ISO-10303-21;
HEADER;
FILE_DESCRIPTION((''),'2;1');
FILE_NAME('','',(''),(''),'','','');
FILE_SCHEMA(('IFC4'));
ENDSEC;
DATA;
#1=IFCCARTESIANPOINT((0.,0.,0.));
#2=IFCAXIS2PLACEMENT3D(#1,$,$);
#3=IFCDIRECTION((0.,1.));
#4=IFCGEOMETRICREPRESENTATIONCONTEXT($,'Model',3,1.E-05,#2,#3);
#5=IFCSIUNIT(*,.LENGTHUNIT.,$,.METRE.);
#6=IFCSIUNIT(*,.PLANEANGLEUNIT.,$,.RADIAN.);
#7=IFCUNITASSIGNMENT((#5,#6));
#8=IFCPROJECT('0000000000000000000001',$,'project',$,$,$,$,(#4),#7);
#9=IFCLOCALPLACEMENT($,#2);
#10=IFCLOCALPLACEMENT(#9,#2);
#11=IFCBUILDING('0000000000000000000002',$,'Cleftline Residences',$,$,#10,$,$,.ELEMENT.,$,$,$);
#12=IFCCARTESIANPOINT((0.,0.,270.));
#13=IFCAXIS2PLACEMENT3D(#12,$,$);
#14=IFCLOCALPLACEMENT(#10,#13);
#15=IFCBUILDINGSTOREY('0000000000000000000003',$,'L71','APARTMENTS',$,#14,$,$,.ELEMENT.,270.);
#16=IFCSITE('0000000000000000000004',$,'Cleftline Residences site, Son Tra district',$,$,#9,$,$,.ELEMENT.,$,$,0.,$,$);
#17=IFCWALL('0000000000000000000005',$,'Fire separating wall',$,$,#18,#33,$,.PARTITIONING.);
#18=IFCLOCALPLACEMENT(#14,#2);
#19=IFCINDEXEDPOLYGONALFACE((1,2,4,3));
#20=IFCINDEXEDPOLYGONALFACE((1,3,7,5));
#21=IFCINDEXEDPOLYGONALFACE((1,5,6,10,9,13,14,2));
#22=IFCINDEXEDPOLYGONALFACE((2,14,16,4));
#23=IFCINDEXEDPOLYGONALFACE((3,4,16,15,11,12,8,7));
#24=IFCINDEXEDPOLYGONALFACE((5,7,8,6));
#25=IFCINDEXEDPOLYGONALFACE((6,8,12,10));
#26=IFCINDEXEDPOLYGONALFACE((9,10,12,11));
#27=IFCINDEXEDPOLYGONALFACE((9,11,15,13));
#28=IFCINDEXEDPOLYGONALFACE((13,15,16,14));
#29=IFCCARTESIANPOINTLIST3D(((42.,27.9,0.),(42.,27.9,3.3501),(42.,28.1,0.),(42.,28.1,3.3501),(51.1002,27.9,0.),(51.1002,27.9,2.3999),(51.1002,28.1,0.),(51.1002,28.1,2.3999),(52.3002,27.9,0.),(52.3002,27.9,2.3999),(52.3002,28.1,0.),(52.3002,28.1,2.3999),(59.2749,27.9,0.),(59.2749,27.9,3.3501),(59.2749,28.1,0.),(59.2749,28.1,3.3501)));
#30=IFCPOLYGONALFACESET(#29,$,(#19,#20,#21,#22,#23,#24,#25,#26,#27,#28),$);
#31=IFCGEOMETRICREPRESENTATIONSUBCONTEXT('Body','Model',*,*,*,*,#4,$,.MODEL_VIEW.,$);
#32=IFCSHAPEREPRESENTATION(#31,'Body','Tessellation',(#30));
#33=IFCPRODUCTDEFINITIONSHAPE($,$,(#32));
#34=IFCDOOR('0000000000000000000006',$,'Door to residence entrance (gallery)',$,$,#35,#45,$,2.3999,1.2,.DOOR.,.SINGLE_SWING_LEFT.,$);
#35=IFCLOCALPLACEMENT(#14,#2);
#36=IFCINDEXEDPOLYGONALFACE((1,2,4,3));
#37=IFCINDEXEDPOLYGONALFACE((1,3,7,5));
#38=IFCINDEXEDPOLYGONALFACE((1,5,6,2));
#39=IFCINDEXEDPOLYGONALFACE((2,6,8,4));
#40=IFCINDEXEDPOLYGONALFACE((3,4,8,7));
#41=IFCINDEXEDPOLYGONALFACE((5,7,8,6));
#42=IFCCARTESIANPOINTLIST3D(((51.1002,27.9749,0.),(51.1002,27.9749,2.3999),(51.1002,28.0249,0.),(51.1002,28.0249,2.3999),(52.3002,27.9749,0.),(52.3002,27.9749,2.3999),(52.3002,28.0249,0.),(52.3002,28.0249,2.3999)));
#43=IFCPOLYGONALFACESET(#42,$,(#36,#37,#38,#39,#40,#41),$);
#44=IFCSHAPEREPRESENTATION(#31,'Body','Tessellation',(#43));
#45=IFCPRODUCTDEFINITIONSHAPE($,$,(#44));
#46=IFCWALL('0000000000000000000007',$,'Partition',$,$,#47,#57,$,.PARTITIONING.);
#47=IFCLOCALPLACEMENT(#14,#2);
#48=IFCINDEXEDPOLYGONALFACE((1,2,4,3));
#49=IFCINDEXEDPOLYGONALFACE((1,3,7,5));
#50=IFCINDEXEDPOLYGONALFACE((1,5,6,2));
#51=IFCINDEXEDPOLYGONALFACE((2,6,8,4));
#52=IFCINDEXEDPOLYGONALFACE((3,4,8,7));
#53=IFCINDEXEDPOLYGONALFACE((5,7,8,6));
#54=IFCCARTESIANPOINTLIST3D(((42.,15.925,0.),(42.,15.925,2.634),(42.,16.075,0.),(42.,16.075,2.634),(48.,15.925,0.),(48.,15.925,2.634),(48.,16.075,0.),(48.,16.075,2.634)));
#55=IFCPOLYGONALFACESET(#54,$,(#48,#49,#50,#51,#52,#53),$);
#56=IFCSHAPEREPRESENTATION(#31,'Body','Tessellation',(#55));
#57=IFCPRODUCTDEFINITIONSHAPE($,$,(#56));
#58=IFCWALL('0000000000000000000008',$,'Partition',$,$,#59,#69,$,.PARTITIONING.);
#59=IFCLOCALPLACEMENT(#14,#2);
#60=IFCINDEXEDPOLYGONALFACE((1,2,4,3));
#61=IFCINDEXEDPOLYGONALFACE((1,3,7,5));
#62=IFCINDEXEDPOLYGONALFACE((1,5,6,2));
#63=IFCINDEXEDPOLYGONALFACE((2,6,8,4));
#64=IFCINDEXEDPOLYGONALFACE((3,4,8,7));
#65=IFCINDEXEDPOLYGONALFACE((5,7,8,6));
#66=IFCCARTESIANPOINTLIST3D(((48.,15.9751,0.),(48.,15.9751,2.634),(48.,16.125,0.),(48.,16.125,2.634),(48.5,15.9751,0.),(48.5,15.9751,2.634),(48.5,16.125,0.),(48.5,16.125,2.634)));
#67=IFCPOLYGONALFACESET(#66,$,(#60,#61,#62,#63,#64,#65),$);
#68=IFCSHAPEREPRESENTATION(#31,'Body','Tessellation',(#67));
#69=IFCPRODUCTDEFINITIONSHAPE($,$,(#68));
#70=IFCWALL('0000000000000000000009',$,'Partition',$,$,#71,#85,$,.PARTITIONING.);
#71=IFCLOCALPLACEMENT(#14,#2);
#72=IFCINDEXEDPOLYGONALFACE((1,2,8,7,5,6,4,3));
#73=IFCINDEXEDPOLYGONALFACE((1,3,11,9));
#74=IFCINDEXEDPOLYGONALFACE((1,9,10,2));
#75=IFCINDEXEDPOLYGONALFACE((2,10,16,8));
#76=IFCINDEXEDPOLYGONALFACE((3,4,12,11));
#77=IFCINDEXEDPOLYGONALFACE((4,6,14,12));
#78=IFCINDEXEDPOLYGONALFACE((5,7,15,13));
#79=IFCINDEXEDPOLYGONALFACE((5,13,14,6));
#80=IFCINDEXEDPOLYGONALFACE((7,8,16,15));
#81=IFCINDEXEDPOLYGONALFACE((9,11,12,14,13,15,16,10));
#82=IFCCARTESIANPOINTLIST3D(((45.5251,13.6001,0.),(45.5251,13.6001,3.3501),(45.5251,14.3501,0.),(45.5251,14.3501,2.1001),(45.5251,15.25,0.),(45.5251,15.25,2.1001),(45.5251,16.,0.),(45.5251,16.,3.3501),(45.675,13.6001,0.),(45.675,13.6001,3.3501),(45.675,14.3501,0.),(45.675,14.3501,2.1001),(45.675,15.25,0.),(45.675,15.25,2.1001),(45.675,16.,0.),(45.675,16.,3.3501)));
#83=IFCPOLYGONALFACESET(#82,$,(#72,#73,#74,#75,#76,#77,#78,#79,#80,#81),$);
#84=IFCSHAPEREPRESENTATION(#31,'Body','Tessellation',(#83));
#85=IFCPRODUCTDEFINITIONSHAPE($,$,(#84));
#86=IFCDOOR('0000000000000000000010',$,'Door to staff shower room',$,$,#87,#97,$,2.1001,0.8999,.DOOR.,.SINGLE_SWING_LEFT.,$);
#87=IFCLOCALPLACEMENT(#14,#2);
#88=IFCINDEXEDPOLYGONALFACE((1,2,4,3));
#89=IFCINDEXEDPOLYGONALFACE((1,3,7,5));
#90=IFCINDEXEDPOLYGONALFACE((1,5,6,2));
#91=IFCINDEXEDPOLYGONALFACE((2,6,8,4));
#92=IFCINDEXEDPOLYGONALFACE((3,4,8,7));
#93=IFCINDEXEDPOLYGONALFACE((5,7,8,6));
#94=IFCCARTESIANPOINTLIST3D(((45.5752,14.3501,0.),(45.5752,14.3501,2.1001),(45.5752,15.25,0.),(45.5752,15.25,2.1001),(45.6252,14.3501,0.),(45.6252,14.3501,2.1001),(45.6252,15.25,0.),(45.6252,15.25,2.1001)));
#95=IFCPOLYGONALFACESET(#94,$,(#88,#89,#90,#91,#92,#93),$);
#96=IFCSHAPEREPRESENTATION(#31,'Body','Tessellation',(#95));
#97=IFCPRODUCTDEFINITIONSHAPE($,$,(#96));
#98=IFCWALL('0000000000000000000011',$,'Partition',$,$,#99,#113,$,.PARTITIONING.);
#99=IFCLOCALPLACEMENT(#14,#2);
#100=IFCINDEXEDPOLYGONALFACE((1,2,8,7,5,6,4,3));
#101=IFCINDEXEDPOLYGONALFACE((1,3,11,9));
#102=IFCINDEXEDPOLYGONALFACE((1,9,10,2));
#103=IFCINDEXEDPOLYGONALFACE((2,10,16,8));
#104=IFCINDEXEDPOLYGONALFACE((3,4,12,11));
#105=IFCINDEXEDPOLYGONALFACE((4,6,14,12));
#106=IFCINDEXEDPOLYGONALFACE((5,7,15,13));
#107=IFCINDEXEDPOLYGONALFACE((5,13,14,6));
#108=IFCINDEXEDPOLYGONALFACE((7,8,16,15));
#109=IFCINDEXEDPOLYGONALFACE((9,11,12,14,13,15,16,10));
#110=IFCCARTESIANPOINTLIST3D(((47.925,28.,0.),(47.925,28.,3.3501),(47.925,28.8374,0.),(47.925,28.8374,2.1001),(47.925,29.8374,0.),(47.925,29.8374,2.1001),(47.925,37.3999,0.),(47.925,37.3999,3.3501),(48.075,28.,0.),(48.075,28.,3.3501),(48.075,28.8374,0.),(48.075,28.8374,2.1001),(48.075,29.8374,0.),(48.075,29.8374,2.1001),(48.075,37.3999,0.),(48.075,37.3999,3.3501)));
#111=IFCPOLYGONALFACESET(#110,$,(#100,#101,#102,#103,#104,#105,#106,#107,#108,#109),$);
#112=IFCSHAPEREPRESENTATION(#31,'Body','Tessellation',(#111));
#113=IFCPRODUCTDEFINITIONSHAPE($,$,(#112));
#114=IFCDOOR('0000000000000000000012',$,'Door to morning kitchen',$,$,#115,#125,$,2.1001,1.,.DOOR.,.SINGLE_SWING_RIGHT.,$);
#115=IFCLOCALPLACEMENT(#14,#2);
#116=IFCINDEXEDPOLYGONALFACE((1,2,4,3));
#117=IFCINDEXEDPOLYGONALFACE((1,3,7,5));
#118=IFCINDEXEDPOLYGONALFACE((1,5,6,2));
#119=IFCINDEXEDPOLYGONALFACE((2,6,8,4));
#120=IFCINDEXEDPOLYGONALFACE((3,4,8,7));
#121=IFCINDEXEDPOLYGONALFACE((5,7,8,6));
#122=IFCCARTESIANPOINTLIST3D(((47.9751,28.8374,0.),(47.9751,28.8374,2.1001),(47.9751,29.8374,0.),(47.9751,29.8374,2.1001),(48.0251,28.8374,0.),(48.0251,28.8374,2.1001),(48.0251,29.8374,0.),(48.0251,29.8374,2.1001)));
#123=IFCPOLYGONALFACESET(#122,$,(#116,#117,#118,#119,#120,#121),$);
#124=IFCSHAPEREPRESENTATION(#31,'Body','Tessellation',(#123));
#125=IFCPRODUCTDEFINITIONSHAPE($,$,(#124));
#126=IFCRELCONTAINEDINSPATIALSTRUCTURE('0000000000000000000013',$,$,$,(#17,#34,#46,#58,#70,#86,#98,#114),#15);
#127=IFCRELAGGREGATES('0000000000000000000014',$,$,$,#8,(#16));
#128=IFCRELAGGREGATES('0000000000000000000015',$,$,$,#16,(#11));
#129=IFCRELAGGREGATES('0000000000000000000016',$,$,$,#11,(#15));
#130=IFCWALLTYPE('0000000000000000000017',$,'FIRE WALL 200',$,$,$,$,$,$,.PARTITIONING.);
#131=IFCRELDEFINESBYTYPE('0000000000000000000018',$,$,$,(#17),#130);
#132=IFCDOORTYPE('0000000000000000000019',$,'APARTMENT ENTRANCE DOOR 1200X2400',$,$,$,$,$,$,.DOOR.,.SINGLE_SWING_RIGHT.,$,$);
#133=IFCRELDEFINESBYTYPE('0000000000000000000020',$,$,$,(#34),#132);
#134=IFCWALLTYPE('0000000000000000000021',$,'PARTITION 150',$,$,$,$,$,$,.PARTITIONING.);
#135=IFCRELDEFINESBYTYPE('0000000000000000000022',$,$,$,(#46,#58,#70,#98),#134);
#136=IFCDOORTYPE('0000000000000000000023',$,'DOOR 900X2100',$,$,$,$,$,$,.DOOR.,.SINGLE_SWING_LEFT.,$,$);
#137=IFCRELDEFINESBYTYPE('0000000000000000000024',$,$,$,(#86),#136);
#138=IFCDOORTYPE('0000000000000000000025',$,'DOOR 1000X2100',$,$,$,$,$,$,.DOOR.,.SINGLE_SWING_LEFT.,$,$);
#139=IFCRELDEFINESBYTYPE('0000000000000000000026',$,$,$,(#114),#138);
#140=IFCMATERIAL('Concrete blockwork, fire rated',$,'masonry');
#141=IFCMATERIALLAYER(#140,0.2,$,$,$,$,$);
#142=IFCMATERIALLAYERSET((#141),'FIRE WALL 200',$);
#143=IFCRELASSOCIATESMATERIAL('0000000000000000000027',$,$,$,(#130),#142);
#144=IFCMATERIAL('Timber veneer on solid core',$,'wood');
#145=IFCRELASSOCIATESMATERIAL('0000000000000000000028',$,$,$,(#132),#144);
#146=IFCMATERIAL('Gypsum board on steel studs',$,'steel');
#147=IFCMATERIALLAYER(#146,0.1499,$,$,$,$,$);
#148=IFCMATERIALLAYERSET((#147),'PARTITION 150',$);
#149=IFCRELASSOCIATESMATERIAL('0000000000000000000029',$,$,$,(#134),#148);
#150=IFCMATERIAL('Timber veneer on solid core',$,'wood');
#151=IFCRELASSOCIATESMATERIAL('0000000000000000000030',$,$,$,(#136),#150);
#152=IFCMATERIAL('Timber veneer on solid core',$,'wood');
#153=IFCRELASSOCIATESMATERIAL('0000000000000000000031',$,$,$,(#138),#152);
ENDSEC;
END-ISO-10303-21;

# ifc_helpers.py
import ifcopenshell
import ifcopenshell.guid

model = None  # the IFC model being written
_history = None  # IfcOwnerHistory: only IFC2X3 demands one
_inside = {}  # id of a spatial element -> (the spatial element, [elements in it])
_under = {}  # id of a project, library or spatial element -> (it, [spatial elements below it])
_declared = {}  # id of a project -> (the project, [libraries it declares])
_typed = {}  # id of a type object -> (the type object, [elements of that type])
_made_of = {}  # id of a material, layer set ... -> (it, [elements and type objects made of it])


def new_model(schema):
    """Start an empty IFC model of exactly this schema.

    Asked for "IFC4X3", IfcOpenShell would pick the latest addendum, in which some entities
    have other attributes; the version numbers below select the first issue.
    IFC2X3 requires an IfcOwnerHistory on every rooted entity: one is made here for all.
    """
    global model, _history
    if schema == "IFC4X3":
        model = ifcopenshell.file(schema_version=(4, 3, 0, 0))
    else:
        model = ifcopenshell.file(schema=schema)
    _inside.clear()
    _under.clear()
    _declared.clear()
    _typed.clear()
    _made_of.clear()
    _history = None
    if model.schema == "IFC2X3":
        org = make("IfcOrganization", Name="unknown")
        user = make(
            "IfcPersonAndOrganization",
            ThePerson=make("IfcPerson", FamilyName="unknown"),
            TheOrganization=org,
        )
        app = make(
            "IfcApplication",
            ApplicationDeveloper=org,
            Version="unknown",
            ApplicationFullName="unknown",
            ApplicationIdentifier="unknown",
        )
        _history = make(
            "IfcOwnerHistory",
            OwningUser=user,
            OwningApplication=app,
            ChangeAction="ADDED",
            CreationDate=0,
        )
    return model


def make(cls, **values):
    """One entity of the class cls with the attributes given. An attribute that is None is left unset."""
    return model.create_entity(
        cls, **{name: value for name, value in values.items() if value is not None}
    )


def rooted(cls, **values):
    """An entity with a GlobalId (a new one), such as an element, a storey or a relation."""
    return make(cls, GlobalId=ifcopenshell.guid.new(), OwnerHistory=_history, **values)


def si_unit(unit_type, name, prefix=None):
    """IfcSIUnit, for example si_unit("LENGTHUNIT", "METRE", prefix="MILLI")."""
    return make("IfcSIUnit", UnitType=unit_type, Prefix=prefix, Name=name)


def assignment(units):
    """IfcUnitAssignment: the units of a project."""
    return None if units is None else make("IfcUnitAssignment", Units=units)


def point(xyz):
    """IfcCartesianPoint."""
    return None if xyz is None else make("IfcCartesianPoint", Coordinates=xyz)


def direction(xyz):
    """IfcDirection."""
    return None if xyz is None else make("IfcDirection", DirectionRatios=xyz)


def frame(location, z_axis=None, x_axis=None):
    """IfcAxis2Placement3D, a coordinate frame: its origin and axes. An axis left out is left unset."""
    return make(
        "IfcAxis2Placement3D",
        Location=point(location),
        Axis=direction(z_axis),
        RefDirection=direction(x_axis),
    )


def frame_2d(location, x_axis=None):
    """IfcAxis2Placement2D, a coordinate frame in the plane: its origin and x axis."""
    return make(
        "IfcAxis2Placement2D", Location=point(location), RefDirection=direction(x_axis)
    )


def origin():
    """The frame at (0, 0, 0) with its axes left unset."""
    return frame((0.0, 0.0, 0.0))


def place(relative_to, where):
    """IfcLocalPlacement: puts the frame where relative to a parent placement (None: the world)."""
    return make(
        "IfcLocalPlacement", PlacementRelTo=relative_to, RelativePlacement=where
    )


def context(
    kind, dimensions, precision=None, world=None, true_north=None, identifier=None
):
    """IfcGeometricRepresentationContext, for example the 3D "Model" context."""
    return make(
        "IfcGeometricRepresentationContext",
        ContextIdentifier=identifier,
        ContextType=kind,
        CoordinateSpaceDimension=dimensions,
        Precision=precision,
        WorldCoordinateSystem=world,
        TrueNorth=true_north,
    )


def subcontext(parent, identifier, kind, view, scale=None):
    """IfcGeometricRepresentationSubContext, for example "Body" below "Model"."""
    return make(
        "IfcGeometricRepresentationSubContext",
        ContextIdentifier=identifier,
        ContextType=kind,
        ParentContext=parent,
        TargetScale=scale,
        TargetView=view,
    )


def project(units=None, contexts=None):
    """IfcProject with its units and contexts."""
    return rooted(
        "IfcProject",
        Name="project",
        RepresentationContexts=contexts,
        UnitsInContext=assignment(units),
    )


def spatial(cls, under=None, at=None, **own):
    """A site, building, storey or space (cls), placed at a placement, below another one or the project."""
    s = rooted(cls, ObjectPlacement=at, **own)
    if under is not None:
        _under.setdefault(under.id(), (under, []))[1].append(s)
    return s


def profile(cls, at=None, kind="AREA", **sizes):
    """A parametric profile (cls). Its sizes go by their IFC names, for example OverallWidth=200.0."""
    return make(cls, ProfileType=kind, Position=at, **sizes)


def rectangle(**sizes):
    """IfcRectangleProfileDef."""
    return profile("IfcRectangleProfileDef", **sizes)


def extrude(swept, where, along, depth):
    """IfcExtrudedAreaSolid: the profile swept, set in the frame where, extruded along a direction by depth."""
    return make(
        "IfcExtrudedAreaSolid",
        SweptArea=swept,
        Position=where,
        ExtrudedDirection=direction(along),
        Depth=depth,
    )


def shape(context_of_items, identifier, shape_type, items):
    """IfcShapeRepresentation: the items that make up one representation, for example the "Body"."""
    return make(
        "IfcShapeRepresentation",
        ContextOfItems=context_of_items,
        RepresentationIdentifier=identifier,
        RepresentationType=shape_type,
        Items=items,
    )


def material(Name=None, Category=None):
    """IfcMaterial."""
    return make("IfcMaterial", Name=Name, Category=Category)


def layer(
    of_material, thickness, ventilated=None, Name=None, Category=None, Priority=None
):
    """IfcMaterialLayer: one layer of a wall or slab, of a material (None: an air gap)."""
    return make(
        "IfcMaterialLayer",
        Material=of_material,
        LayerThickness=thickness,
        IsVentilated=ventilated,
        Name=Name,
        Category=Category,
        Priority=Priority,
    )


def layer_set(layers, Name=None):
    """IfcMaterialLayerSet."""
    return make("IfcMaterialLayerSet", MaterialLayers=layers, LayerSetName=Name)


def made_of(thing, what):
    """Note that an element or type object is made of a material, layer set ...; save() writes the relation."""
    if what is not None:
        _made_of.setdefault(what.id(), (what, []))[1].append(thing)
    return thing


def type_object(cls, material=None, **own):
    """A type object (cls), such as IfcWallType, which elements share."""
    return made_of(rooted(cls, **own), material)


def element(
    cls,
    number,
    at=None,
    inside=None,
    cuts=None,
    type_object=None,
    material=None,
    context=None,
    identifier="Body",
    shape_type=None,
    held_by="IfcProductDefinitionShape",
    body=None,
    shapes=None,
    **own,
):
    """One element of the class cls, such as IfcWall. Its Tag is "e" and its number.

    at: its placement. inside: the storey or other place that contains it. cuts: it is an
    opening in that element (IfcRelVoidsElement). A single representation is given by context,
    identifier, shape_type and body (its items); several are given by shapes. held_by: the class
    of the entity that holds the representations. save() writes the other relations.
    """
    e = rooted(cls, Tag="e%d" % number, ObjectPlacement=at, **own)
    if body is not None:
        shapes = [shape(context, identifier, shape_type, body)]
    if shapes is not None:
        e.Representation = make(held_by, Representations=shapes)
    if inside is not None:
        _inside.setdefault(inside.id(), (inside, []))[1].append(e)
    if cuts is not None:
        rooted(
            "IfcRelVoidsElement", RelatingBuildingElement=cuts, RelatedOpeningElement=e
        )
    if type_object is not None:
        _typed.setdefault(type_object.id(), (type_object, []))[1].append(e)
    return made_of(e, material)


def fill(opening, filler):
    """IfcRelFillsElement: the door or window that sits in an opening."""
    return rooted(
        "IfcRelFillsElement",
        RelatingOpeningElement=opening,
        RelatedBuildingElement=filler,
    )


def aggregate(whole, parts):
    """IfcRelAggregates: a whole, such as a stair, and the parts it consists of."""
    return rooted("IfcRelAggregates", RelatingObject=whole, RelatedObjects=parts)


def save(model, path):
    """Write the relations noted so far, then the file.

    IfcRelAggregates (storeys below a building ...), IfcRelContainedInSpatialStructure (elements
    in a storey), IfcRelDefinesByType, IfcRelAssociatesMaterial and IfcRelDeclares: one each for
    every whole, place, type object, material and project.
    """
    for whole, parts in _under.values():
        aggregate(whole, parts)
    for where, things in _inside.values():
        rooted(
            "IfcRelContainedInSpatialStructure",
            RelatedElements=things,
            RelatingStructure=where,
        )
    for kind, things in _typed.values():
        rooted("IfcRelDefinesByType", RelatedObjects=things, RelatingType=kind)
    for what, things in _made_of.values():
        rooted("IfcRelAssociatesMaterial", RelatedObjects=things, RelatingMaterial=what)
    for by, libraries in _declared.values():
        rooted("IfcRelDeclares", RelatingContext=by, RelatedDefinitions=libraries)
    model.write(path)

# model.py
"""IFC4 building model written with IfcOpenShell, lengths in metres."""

from ifc_helpers import new_model, si_unit, direction, frame, frame_2d, origin, place, context, subcontext, project, spatial, rectangle, extrude, material, layer, layer_set, type_object, element, fill, save


model = new_model("IFC4")

# Units and contexts
model_context = context("Model", 3, precision=1e-05, world=origin(), true_north=direction((0.0, 1.0)))
body_context = subcontext(model_context, "Body", "Model", "MODEL_VIEW")
ifc_project = project(units=[si_unit("LENGTHUNIT", "METRE"), si_unit("PLANEANGLEUNIT", "RADIAN")], contexts=[model_context])

# Site, building, storey
site_placement = place(None, origin())
site = spatial("IfcSite", under=ifc_project, at=site_placement, Name="Cleftline Residences site, Son Tra district", CompositionType="ELEMENT", RefElevation=0.0)
building_placement = place(site_placement, origin())
building = spatial("IfcBuilding", under=site, at=building_placement, Name="Cleftline Residences", CompositionType="ELEMENT")
storey_placement = place(building_placement, frame((0.0, 0.0, 270.0)))
storey = spatial("IfcBuildingStorey", under=building, at=storey_placement, Name="L71", Description="APARTMENTS", CompositionType="ELEMENT", Elevation=270.0)

# Shared definitions
ifc_material_1 = material(Name="Concrete blockwork, fire rated", Category="masonry")
ifc_layer_1 = layer(ifc_material_1, 0.2)
ifc_layer_set_1 = layer_set([ifc_layer_1], Name="FIRE WALL 200")
wall_type_1 = type_object("IfcWallType", Name="FIRE WALL 200", PredefinedType="PARTITIONING", material=ifc_layer_set_1)

# Wall, opening, door
wall_1_placement = place(storey_placement, frame((42.0, 28.0, 0.0), z_axis=(0.0, 0.0, 1.0), x_axis=(1.0, 0.0, 0.0)))
wall_1 = element("IfcWall", 1, at=wall_1_placement, inside=storey, type_object=wall_type_1, Name="Fire separating wall", PredefinedType="PARTITIONING", context=body_context, shape_type="SweptSolid", body=[
    extrude(rectangle(XDim=17.2749, YDim=0.2, at=frame_2d((8.6375, 0.0))), origin(), (0.0, 0.0, 1.0), 3.3501),
])
opening_1_placement = place(wall_1_placement, frame((9.1001, 0.0, 0.0)))
opening_1 = element("IfcOpeningElement", 2, at=opening_1_placement, cuts=wall_1, PredefinedType="OPENING", context=body_context, shape_type="SweptSolid", body=[
    extrude(rectangle(XDim=1.2, YDim=2.3999, at=frame_2d((0.6001, 1.2))), frame((0.0, 0.1099, 0.0), z_axis=(0.0, -1.0, 0.0), x_axis=(1.0, 0.0, 0.0)), (0.0, 0.0, 1.0), 0.22),
])
ifc_material_2 = material(Name="Timber veneer on solid core", Category="wood")
door_type_1 = type_object("IfcDoorType", Name="APARTMENT ENTRANCE DOOR 1200X2400", OperationType="SINGLE_SWING_RIGHT", PredefinedType="DOOR", material=ifc_material_2)
door_1_placement = place(opening_1_placement, origin())
door_1 = element("IfcDoor", 3, at=door_1_placement, inside=storey, type_object=door_type_1, Name="Door to residence entrance (gallery)", OperationType="SINGLE_SWING_LEFT", OverallHeight=2.3999, OverallWidth=1.2, PredefinedType="DOOR", context=body_context, shape_type="SweptSolid", body=[
    extrude(rectangle(XDim=1.2, YDim=2.3999, at=frame_2d((0.6001, 1.2))), frame((0.0, 0.0249, 0.0), z_axis=(0.0, -1.0, 0.0), x_axis=(1.0, 0.0, 0.0)), (0.0, 0.0, 1.0), 0.05),
])
fill(opening_1, door_1)

# Walls
ifc_material_3 = material(Name="Gypsum board on steel studs", Category="steel")
ifc_layer_2 = layer(ifc_material_3, 0.1499)
ifc_layer_set_2 = layer_set([ifc_layer_2], Name="PARTITION 150")
wall_type_2 = type_object("IfcWallType", Name="PARTITION 150", PredefinedType="PARTITIONING", material=ifc_layer_set_2)
wall_2_placement = place(storey_placement, frame((42.0, 16.0, 0.0), z_axis=(0.0, 0.0, 1.0), x_axis=(1.0, 0.0, 0.0)))
element("IfcWall", 4, at=wall_2_placement, inside=storey, type_object=wall_type_2, Name="Partition", PredefinedType="PARTITIONING", context=body_context, shape_type="SweptSolid", body=[
    extrude(rectangle(XDim=6.0, YDim=0.1499, at=frame_2d((3.0, 0.0))), origin(), (0.0, 0.0, 1.0), 2.634),
])
wall_3_placement = place(storey_placement, frame((48.0, 16.05, 0.0), z_axis=(0.0, 0.0, 1.0), x_axis=(1.0, 0.0, 0.0)))
element("IfcWall", 5, at=wall_3_placement, inside=storey, type_object=wall_type_2, Name="Partition", PredefinedType="PARTITIONING", context=body_context, shape_type="SweptSolid", body=[
    extrude(rectangle(XDim=0.5, YDim=0.1499, at=frame_2d((0.25, 0.0))), origin(), (0.0, 0.0, 1.0), 2.634),
])

# Walls, openings, doors
wall_4_placement = place(storey_placement, frame((45.6001, 13.6001, 0.0), z_axis=(0.0, 0.0, 1.0), x_axis=(0.0, 1.0, 0.0)))
wall_4 = element("IfcWall", 6, at=wall_4_placement, inside=storey, type_object=wall_type_2, Name="Partition", PredefinedType="PARTITIONING", context=body_context, shape_type="SweptSolid", body=[
    extrude(rectangle(XDim=2.3999, YDim=0.1499, at=frame_2d((1.2, 0.0))), origin(), (0.0, 0.0, 1.0), 3.3501),
])
opening_2_placement = place(wall_4_placement, frame((0.75, 0.0, 0.0)))
opening_2 = element("IfcOpeningElement", 7, at=opening_2_placement, cuts=wall_4, PredefinedType="OPENING", context=body_context, shape_type="SweptSolid", body=[
    extrude(rectangle(XDim=0.8999, YDim=2.1001, at=frame_2d((0.45, 1.05))), frame((0.0, 0.085, 0.0), z_axis=(0.0, -1.0, 0.0), x_axis=(1.0, 0.0, 0.0)), (0.0, 0.0, 1.0), 0.1699),
])
ifc_material_4 = material(Name="Timber veneer on solid core", Category="wood")
door_type_2 = type_object("IfcDoorType", Name="DOOR 900X2100", OperationType="SINGLE_SWING_LEFT", PredefinedType="DOOR", material=ifc_material_4)
door_2_placement = place(opening_2_placement, origin())
door_2 = element("IfcDoor", 8, at=door_2_placement, inside=storey, type_object=door_type_2, Name="Door to staff shower room", OperationType="SINGLE_SWING_LEFT", OverallHeight=2.1001, OverallWidth=0.8999, PredefinedType="DOOR", context=body_context, shape_type="SweptSolid", body=[
    extrude(rectangle(XDim=0.8999, YDim=2.1001, at=frame_2d((0.45, 1.05))), frame((0.0, 0.0249, 0.0), z_axis=(0.0, -1.0, 0.0), x_axis=(1.0, 0.0, 0.0)), (0.0, 0.0, 1.0), 0.05),
])
fill(opening_2, door_2)
wall_5_placement = place(storey_placement, frame((48.0, 28.0, 0.0), z_axis=(0.0, 0.0, 1.0), x_axis=(0.0, 1.0, 0.0)))
wall_5 = element("IfcWall", 9, at=wall_5_placement, inside=storey, type_object=wall_type_2, Name="Partition", PredefinedType="PARTITIONING", context=body_context, shape_type="SweptSolid", body=[
    extrude(rectangle(XDim=9.3999, YDim=0.1499, at=frame_2d((4.7, 0.0))), origin(), (0.0, 0.0, 1.0), 3.3501),
])
opening_3_placement = place(wall_5_placement, frame((0.8374, 0.0, 0.0)))
opening_3 = element("IfcOpeningElement", 10, at=opening_3_placement, cuts=wall_5, PredefinedType="OPENING", context=body_context, shape_type="SweptSolid", body=[
    extrude(rectangle(XDim=1.0, YDim=2.1001, at=frame_2d((0.5, 1.05))), frame((0.0, 0.085, 0.0), z_axis=(0.0, -1.0, 0.0), x_axis=(1.0, 0.0, 0.0)), (0.0, 0.0, 1.0), 0.1699),
])
ifc_material_5 = material(Name="Timber veneer on solid core", Category="wood")
door_type_3 = type_object("IfcDoorType", Name="DOOR 1000X2100", OperationType="SINGLE_SWING_LEFT", PredefinedType="DOOR", material=ifc_material_5)
door_3_placement = place(opening_3_placement, origin())
door_3 = element("IfcDoor", 11, at=door_3_placement, inside=storey, type_object=door_type_3, Name="Door to morning kitchen", OperationType="SINGLE_SWING_RIGHT", OverallHeight=2.1001, OverallWidth=1.0, PredefinedType="DOOR", context=body_context, shape_type="SweptSolid", body=[
    extrude(rectangle(XDim=1.0, YDim=2.1001, at=frame_2d((0.5, 1.05))), frame((0.0, 0.0249, 0.0), z_axis=(0.0, -1.0, 0.0), x_axis=(1.0, 0.0, 0.0)), (0.0, 0.0, 1.0), 0.05),
])
fill(opening_3, door_3)

save(model, "model.ifc")
